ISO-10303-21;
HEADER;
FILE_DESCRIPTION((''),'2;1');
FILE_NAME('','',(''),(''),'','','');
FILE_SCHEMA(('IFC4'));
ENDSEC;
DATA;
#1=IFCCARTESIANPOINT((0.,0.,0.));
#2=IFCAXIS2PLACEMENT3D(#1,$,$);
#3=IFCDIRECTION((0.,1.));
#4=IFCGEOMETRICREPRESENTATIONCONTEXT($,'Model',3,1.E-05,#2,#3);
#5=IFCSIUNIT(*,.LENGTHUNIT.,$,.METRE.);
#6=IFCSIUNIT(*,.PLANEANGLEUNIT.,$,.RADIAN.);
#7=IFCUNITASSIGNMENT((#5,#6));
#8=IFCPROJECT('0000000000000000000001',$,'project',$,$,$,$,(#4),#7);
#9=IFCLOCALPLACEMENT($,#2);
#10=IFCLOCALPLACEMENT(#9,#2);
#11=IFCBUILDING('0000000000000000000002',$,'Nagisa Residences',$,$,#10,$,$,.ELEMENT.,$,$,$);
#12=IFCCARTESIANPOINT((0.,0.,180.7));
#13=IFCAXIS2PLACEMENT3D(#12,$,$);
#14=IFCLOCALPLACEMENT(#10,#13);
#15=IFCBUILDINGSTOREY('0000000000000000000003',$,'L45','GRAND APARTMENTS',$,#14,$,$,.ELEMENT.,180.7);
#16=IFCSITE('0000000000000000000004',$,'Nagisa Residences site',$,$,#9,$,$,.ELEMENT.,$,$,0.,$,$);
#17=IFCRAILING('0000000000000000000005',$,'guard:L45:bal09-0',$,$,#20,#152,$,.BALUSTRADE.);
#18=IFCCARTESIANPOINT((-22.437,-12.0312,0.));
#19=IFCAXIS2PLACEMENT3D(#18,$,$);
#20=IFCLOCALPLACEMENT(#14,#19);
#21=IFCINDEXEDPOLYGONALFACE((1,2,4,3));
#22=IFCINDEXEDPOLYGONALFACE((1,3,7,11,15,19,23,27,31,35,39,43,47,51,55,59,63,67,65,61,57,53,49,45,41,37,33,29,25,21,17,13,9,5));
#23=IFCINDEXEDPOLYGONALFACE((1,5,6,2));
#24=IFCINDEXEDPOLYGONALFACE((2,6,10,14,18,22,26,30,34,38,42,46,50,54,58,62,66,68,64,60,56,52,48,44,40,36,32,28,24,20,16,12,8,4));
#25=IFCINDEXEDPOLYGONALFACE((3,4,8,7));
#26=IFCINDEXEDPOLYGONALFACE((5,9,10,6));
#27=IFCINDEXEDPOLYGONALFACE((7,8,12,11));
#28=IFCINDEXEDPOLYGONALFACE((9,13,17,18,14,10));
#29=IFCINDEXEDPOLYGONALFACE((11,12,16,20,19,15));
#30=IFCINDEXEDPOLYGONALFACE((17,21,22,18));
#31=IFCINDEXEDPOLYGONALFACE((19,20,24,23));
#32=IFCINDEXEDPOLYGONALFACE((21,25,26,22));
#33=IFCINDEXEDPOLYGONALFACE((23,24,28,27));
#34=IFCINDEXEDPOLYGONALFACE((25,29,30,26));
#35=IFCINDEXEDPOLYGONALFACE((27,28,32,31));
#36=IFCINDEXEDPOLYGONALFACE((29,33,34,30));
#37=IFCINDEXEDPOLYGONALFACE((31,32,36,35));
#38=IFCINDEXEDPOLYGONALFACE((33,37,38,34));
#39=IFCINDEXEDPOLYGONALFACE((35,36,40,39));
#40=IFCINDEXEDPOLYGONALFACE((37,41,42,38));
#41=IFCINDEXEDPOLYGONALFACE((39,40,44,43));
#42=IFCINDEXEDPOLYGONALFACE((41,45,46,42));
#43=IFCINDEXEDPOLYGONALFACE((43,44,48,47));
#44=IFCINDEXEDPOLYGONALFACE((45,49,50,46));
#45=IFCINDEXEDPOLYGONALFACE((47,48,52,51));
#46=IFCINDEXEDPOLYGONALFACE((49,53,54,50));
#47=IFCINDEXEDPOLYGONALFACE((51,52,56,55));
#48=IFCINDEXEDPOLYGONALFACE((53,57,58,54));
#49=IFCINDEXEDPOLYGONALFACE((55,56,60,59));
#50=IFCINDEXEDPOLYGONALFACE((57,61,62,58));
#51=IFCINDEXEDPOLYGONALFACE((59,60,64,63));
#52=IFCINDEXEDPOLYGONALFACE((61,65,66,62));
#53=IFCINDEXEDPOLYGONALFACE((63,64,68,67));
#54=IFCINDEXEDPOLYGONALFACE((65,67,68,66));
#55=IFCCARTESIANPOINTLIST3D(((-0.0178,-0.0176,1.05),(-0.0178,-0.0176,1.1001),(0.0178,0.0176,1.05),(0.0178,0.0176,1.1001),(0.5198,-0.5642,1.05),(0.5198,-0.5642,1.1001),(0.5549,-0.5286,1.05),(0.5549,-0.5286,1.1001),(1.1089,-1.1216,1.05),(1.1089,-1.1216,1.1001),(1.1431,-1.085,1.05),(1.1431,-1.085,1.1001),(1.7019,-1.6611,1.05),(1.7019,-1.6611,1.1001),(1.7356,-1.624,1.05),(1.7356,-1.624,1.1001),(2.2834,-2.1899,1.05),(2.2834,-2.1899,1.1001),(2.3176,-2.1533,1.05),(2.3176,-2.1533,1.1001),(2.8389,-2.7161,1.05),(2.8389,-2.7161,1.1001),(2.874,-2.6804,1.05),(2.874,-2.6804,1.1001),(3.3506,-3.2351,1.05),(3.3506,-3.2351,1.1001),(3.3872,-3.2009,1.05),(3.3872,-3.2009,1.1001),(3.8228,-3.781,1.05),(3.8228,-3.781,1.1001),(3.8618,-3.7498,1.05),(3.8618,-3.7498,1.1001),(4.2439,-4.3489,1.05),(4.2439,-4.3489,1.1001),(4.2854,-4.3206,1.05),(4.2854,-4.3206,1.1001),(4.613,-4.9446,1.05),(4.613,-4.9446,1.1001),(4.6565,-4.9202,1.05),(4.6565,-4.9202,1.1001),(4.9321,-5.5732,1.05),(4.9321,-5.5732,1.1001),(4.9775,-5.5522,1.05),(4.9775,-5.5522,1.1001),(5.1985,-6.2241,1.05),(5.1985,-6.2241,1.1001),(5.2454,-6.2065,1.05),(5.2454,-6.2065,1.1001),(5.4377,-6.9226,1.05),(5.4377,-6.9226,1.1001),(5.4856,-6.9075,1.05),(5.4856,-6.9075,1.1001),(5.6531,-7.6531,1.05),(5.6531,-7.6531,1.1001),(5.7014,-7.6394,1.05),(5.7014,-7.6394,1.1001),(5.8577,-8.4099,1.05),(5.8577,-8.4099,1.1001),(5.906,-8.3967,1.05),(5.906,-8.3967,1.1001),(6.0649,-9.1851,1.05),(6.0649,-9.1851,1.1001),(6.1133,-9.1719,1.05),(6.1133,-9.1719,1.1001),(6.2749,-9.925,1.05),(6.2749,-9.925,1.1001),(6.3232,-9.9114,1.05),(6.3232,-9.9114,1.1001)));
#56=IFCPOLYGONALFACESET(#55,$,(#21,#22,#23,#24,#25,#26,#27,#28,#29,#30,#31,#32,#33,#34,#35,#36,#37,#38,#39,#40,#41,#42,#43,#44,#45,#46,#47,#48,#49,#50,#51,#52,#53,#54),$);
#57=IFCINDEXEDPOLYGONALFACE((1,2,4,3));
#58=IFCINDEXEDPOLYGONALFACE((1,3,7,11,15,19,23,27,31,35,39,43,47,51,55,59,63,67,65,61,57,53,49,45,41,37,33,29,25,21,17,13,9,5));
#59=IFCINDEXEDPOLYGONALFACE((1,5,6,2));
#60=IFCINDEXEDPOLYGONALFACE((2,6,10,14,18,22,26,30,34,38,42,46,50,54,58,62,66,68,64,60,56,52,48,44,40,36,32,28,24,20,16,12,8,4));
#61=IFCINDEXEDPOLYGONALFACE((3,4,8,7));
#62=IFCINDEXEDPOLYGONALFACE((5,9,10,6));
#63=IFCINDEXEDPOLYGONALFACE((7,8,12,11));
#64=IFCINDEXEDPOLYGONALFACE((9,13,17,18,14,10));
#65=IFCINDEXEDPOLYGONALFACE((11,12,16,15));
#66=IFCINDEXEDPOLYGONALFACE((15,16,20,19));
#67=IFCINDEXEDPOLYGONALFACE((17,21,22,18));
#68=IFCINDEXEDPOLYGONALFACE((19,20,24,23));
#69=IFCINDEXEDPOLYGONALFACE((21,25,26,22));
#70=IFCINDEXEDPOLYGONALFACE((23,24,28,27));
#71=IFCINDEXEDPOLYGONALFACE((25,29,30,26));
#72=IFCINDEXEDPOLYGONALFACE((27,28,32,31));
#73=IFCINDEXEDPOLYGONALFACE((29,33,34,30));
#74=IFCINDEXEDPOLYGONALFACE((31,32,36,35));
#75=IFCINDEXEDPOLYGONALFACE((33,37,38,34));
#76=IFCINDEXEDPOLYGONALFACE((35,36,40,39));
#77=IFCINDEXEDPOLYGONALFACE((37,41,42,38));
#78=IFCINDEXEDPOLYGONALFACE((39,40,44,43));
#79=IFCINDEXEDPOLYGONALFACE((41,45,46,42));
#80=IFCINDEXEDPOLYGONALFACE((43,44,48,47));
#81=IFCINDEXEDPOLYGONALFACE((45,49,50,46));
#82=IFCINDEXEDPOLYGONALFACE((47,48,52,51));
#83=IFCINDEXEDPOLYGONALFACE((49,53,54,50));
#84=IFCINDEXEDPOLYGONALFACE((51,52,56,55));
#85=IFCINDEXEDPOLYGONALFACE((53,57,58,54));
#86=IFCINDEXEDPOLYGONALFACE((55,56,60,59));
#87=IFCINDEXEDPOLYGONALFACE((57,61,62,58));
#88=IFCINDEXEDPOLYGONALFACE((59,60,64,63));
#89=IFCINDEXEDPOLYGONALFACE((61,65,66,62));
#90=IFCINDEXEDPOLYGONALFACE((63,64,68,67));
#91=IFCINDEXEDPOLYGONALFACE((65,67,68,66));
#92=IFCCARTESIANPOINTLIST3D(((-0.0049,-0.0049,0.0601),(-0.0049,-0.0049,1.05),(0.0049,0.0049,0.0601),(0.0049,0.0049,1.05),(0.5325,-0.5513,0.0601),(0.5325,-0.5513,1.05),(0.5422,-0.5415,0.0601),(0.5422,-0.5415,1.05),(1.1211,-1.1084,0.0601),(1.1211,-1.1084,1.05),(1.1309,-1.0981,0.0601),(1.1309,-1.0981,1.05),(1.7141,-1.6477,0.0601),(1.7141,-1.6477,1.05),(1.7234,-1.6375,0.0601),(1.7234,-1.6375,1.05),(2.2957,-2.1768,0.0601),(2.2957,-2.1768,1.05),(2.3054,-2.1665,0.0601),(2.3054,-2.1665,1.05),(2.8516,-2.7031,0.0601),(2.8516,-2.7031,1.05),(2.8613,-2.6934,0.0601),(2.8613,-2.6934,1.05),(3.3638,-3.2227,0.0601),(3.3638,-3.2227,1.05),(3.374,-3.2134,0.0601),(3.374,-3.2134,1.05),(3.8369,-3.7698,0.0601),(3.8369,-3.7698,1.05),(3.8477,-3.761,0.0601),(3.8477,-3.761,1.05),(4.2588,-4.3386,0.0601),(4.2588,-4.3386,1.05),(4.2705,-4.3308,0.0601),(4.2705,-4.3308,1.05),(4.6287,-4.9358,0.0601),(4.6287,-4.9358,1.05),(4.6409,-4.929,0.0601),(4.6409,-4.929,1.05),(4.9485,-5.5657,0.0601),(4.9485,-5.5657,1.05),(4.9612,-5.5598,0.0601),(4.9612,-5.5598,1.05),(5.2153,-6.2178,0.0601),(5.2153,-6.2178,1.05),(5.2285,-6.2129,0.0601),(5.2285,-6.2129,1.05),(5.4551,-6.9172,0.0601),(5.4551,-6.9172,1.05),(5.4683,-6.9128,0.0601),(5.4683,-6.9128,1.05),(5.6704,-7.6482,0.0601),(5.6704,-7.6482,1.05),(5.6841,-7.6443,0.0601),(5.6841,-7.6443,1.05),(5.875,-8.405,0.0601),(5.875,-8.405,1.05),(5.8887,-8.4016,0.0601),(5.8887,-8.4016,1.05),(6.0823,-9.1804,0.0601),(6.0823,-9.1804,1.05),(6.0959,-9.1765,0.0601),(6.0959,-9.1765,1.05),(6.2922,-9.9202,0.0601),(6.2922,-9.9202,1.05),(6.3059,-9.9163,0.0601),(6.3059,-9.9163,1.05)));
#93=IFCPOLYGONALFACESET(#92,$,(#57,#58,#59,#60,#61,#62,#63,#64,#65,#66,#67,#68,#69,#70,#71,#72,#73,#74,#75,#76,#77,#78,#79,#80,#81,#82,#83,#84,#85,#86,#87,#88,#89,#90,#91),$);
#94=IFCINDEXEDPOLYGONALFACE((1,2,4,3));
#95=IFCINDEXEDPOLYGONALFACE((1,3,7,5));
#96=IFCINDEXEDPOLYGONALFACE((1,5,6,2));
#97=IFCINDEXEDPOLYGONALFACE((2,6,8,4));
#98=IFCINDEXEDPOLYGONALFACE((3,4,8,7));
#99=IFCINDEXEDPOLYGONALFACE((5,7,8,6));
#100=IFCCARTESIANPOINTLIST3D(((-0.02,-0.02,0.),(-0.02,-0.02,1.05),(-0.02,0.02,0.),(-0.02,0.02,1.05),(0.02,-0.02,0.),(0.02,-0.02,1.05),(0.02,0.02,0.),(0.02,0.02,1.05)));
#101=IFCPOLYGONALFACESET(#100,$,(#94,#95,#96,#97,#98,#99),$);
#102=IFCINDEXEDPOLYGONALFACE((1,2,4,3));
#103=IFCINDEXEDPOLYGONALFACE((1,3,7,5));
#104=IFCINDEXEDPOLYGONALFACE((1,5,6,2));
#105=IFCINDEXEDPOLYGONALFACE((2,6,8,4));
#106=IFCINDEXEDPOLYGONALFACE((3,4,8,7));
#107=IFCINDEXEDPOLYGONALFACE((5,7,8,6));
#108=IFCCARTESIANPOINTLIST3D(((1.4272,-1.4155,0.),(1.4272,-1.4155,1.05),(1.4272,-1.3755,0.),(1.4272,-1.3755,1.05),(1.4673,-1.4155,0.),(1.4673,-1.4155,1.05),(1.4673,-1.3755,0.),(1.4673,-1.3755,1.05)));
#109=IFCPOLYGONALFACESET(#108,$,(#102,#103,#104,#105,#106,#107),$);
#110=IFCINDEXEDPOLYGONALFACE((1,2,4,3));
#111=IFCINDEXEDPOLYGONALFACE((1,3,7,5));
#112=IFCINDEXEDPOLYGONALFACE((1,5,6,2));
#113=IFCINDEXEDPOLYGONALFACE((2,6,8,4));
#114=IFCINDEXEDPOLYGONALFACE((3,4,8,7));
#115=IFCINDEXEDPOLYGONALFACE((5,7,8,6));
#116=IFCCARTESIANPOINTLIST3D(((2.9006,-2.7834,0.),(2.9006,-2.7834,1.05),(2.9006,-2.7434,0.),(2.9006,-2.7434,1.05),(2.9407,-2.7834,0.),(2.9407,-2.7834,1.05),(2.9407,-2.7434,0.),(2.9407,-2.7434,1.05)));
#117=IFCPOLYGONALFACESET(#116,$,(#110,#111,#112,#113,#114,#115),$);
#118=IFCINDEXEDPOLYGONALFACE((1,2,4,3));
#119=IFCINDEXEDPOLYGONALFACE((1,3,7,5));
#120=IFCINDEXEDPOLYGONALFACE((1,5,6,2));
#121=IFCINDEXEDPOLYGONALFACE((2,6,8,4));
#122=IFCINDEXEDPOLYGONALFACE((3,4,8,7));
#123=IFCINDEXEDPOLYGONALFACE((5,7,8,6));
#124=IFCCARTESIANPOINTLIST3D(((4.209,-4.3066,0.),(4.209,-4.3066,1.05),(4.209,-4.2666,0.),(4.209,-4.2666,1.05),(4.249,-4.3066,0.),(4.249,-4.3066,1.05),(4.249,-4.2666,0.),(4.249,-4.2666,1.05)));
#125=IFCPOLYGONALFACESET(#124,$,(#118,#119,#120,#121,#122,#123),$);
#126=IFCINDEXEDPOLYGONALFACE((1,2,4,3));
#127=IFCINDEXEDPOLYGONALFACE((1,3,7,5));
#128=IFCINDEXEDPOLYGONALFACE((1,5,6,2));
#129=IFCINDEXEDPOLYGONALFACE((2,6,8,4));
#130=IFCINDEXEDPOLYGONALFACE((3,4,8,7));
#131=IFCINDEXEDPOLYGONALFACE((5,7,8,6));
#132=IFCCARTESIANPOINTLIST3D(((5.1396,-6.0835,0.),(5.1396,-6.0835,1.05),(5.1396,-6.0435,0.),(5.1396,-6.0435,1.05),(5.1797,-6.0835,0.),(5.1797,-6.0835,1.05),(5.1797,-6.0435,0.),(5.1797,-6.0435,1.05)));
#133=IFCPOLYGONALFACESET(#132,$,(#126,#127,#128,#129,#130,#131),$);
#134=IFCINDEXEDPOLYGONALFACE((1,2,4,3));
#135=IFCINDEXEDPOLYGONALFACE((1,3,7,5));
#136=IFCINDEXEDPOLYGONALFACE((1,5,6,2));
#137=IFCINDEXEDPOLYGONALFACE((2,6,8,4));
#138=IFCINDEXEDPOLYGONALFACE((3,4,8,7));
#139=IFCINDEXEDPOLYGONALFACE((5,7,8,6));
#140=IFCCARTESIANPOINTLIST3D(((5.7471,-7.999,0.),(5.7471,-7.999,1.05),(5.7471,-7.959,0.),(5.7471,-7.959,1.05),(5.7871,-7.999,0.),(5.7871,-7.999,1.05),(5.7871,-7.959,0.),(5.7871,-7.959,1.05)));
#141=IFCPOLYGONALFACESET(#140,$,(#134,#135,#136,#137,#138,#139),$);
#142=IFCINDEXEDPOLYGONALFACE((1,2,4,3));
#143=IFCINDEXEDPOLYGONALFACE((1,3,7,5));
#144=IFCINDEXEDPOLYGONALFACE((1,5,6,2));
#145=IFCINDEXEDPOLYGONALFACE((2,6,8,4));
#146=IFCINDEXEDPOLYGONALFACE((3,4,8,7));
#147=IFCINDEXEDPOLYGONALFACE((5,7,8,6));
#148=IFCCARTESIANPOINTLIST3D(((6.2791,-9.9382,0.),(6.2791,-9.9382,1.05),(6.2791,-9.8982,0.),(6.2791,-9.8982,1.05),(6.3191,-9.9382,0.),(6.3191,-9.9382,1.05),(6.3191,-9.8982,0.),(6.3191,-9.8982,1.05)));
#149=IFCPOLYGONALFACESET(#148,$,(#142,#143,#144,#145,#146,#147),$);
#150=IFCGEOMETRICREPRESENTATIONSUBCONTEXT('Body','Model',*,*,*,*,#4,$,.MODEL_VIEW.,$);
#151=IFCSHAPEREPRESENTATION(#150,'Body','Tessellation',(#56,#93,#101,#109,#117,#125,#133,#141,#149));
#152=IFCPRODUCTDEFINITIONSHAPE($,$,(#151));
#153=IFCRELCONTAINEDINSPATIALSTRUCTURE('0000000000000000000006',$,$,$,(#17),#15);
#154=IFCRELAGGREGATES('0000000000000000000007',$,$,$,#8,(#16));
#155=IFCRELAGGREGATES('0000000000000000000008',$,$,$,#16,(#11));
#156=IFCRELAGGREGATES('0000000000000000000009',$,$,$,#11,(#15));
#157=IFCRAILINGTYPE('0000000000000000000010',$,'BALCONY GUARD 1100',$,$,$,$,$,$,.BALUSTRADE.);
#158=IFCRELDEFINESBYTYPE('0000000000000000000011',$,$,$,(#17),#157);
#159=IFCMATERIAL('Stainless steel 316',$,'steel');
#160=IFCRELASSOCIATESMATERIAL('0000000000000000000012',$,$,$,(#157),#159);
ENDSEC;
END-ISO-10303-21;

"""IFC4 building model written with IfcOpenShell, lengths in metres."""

from ifc_helpers import new_model, si_unit, direction, frame, origin, origin_2d, place, context, subcontext, project, spatial, polyline, rectangle, outline, extrude, material, type_object, element, save


model = new_model("IFC4")

# Units and contexts
model_context = context("Model", 3, precision=1e-05, world=origin(), true_north=direction((0.0, 1.0)))
body_context = subcontext(model_context, "Body", "Model", "MODEL_VIEW")
ifc_project = project(units=[si_unit("LENGTHUNIT", "METRE"), si_unit("PLANEANGLEUNIT", "RADIAN")], contexts=[model_context])

# Site, building, storey
site_placement = place(None, origin())
site = spatial("IfcSite", under=ifc_project, at=site_placement, Name="Nagisa Residences site", CompositionType="ELEMENT", RefElevation=0.0)
building_placement = place(site_placement, origin())
building = spatial("IfcBuilding", under=site, at=building_placement, Name="Nagisa Residences", CompositionType="ELEMENT")
storey_placement = place(building_placement, frame((0.0, 0.0, 180.7)))
storey = spatial("IfcBuildingStorey", under=building, at=storey_placement, Name="L45", Description="GRAND APARTMENTS", CompositionType="ELEMENT", Elevation=180.7)

# Railing
ifc_material_1 = material(Name="Stainless steel 316", Category="steel")
railing_type = type_object("IfcRailingType", Name="BALCONY GUARD 1100", PredefinedType="BALUSTRADE", material=ifc_material_1)
railing_1_placement = place(storey_placement, frame((-22.437, -12.0312, 0.0)))
element("IfcRailing", 1, at=railing_1_placement, inside=storey, type_object=railing_type, Name="guard:L45:bal09-0", PredefinedType="BALUSTRADE", context=body_context, shape_type="SweptSolid", body=[
    extrude(outline(polyline([(0.5549, -0.5286), (0.0178, 0.0176), (-0.0178, -0.0176), (0.5198, -0.5642), (1.1089, -1.1216), (1.7019, -1.6611), (2.2834, -2.1899), (2.8389, -2.7161), (3.3506, -3.2351), (3.8228, -3.781), (4.2439, -4.3489), (4.613, -4.9446), (4.9321, -5.5732), (5.1985, -6.2241), (5.4377, -6.9226), (5.6531, -7.6531), (5.8577, -8.4099), (6.0649, -9.1851), (6.2749, -9.925), (6.3232, -9.9114), (6.1133, -9.1719), (5.906, -8.3967), (5.7014, -7.6394), (5.4856, -6.9075), (5.2454, -6.2065), (4.9775, -5.5522), (4.6565, -4.9202), (4.2854, -4.3206), (3.8618, -3.7498), (3.3872, -3.2009), (2.874, -2.6804), (2.3176, -2.1533), (1.7356, -1.624), (1.1431, -1.085), (0.5549, -0.5286)])), frame((0.0, 0.0, 1.05)), (0.0, 0.0, 1.0), 0.05),
    extrude(outline(polyline([(0.5422, -0.5415), (0.0049, 0.0049), (-0.0049, -0.0049), (0.5325, -0.5513), (1.1211, -1.1084), (1.7141, -1.6477), (2.2957, -2.1768), (2.8516, -2.7031), (3.3638, -3.2227), (3.8369, -3.7698), (4.2588, -4.3386), (4.6287, -4.9358), (4.9485, -5.5657), (5.2153, -6.2178), (5.4551, -6.9172), (5.6704, -7.6482), (5.875, -8.405), (6.0823, -9.1804), (6.2922, -9.9202), (6.3059, -9.9163), (6.0959, -9.1765), (5.8887, -8.4016), (5.6841, -7.6443), (5.4683, -6.9128), (5.2285, -6.2129), (4.9612, -5.5598), (4.6409, -4.929), (4.2705, -4.3308), (3.8477, -3.761), (3.374, -3.2134), (2.8613, -2.6934), (2.3054, -2.1665), (1.7234, -1.6375), (1.1309, -1.0981), (0.5422, -0.5415)])), frame((0.0, 0.0, 0.0601)), (0.0, 0.0, 1.0), 0.99),
    extrude(rectangle(XDim=0.04, YDim=0.04, at=origin_2d()), origin(), (0.0, 0.0, 1.0), 1.05),
    extrude(rectangle(XDim=0.04, YDim=0.04, at=origin_2d()), frame((1.4473, -1.3955, 0.0)), (0.0, 0.0, 1.0), 1.05),
    extrude(rectangle(XDim=0.04, YDim=0.04, at=origin_2d()), frame((2.9207, -2.7634, 0.0)), (0.0, 0.0, 1.0), 1.05),
    extrude(rectangle(XDim=0.04, YDim=0.04, at=origin_2d()), frame((4.229, -4.2866, 0.0)), (0.0, 0.0, 1.0), 1.05),
    extrude(rectangle(XDim=0.04, YDim=0.04, at=origin_2d()), frame((5.1597, -6.0635, 0.0)), (0.0, 0.0, 1.0), 1.05),
    extrude(rectangle(XDim=0.04, YDim=0.04, at=origin_2d()), frame((5.7671, -7.979, 0.0)), (0.0, 0.0, 1.0), 1.05),
    extrude(rectangle(XDim=0.04, YDim=0.04, at=origin_2d()), frame((6.2991, -9.9182, 0.0)), (0.0, 0.0, 1.0), 1.05),
])

save(model, "model.ifc")
